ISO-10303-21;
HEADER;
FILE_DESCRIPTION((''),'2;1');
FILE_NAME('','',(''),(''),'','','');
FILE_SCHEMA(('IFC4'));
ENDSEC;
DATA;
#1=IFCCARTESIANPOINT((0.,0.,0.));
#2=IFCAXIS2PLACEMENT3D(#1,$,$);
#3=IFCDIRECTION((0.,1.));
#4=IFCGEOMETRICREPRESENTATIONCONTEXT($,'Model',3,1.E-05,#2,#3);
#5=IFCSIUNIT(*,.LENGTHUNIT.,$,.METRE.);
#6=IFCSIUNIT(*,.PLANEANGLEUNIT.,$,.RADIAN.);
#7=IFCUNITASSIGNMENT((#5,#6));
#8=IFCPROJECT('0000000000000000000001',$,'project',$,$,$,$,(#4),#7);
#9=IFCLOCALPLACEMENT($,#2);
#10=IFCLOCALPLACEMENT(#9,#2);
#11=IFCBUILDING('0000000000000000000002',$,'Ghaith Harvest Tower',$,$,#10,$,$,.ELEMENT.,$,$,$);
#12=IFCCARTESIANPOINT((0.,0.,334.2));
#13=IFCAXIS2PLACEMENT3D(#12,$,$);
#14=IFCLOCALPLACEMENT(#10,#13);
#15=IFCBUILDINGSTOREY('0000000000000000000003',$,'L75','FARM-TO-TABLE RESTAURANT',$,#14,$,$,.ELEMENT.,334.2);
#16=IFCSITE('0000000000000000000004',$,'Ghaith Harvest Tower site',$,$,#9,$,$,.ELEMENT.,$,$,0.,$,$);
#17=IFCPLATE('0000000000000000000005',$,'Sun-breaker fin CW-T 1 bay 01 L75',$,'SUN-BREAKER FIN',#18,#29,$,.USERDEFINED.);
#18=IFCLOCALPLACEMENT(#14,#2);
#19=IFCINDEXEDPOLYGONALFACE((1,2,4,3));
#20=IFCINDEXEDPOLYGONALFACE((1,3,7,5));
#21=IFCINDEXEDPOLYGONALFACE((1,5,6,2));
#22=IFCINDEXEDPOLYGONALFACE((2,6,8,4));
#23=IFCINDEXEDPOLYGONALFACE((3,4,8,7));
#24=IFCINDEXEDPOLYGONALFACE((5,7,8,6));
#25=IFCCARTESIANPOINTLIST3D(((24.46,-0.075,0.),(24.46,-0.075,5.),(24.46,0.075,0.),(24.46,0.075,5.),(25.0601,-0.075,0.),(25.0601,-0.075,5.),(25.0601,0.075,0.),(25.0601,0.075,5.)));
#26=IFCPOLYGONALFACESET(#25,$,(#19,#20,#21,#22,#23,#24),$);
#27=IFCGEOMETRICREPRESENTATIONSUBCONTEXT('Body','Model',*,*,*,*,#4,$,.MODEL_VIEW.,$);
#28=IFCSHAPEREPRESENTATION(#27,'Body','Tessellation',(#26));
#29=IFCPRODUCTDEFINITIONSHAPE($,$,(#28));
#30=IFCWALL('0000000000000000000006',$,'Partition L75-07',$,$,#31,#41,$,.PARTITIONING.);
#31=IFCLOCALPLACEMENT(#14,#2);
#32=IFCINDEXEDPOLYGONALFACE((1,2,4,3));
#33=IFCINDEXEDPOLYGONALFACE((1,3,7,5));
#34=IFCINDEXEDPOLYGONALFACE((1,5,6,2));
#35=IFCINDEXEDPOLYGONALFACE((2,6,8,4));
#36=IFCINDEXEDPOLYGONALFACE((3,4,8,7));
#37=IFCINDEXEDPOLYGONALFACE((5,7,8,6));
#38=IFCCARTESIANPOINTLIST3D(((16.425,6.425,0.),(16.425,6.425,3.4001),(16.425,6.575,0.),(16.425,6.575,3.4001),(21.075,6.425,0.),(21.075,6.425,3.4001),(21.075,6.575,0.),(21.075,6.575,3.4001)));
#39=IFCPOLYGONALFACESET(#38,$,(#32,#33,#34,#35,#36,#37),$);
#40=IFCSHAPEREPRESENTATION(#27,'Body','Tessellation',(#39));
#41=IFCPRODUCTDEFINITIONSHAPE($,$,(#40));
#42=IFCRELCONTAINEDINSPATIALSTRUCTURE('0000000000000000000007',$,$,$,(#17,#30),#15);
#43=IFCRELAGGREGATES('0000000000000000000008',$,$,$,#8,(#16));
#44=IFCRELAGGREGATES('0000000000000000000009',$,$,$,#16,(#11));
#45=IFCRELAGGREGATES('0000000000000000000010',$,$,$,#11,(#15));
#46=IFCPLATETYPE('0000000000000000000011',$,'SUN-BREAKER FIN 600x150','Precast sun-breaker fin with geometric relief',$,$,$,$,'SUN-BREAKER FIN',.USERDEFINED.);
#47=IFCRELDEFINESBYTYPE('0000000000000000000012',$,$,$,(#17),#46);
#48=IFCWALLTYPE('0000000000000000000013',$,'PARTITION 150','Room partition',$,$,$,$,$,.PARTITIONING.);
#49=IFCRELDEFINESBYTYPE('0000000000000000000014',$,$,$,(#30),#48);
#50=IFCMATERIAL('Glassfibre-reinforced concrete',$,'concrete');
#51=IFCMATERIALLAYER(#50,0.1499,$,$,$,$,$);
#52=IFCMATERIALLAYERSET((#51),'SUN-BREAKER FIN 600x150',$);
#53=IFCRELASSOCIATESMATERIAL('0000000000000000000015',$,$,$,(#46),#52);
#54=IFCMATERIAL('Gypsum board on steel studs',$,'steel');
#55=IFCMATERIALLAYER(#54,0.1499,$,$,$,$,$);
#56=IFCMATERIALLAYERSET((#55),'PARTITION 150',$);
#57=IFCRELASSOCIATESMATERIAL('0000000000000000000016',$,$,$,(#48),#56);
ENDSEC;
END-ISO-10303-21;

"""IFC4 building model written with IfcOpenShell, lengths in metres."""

from ifc_helpers import new_model, si_unit, direction, frame, frame_2d, origin, origin_2d, place, context, subcontext, project, spatial, rectangle, extrude, material, layer, layer_set, type_object, element, save


model = new_model("IFC4")

# Units and contexts
model_context = context("Model", 3, precision=1e-05, world=origin(), true_north=direction((0.0, 1.0)))
body_context = subcontext(model_context, "Body", "Model", "MODEL_VIEW")
ifc_project = project(units=[si_unit("LENGTHUNIT", "METRE"), si_unit("PLANEANGLEUNIT", "RADIAN")], contexts=[model_context])

# Site, building, storey
site_placement = place(None, origin())
site = spatial("IfcSite", under=ifc_project, at=site_placement, Name="Ghaith Harvest Tower site", CompositionType="ELEMENT", RefElevation=0.0)
building_placement = place(site_placement, origin())
building = spatial("IfcBuilding", under=site, at=building_placement, Name="Ghaith Harvest Tower", CompositionType="ELEMENT")
storey_placement = place(building_placement, frame((0.0, 0.0, 334.2)))
storey = spatial("IfcBuildingStorey", under=building, at=storey_placement, Name="L75", Description="FARM-TO-TABLE RESTAURANT", CompositionType="ELEMENT", Elevation=334.2)

# Plate
ifc_material_1 = material(Name="Glassfibre-reinforced concrete", Category="concrete")
ifc_layer_1 = layer(ifc_material_1, 0.1499)
ifc_layer_set_1 = layer_set([ifc_layer_1], Name="SUN-BREAKER FIN 600x150")
plate_type_1 = type_object("IfcPlateType", Name="SUN-BREAKER FIN 600x150", Description="Precast sun-breaker fin with geometric relief", ElementType="SUN-BREAKER FIN", PredefinedType="USERDEFINED", material=ifc_layer_set_1)
plate_1_placement = place(storey_placement, frame((24.76, 0.0, 0.0), z_axis=(0.0, 0.0, 1.0), x_axis=(1.0, 0.0, 0.0)))
element("IfcPlate", 1, at=plate_1_placement, inside=storey, type_object=plate_type_1, Name="Sun-breaker fin CW-T 1 bay 01 L75", ObjectType="SUN-BREAKER FIN", PredefinedType="USERDEFINED", context=body_context, shape_type="SweptSolid", body=[
    extrude(rectangle(XDim=0.6001, YDim=0.1499, at=origin_2d()), origin(), (0.0, 0.0, 1.0), 5.0),
])

# Wall
ifc_material_2 = material(Name="Gypsum board on steel studs", Category="steel")
ifc_layer_2 = layer(ifc_material_2, 0.1499)
ifc_layer_set_2 = layer_set([ifc_layer_2], Name="PARTITION 150")
wall_type = type_object("IfcWallType", Name="PARTITION 150", Description="Room partition", PredefinedType="PARTITIONING", material=ifc_layer_set_2)
wall_placement = place(storey_placement, frame((16.425, 6.5, 0.0), z_axis=(0.0, 0.0, 1.0), x_axis=(1.0, 0.0, 0.0)))
element("IfcWall", 2, at=wall_placement, inside=storey, type_object=wall_type, Name="Partition L75-07", PredefinedType="PARTITIONING", context=body_context, shape_type="SweptSolid", body=[
    extrude(rectangle(XDim=4.6499, YDim=0.1499, at=frame_2d((2.325, 0.0))), origin(), (0.0, 0.0, 1.0), 3.4001),
])

save(model, "model.ifc")
